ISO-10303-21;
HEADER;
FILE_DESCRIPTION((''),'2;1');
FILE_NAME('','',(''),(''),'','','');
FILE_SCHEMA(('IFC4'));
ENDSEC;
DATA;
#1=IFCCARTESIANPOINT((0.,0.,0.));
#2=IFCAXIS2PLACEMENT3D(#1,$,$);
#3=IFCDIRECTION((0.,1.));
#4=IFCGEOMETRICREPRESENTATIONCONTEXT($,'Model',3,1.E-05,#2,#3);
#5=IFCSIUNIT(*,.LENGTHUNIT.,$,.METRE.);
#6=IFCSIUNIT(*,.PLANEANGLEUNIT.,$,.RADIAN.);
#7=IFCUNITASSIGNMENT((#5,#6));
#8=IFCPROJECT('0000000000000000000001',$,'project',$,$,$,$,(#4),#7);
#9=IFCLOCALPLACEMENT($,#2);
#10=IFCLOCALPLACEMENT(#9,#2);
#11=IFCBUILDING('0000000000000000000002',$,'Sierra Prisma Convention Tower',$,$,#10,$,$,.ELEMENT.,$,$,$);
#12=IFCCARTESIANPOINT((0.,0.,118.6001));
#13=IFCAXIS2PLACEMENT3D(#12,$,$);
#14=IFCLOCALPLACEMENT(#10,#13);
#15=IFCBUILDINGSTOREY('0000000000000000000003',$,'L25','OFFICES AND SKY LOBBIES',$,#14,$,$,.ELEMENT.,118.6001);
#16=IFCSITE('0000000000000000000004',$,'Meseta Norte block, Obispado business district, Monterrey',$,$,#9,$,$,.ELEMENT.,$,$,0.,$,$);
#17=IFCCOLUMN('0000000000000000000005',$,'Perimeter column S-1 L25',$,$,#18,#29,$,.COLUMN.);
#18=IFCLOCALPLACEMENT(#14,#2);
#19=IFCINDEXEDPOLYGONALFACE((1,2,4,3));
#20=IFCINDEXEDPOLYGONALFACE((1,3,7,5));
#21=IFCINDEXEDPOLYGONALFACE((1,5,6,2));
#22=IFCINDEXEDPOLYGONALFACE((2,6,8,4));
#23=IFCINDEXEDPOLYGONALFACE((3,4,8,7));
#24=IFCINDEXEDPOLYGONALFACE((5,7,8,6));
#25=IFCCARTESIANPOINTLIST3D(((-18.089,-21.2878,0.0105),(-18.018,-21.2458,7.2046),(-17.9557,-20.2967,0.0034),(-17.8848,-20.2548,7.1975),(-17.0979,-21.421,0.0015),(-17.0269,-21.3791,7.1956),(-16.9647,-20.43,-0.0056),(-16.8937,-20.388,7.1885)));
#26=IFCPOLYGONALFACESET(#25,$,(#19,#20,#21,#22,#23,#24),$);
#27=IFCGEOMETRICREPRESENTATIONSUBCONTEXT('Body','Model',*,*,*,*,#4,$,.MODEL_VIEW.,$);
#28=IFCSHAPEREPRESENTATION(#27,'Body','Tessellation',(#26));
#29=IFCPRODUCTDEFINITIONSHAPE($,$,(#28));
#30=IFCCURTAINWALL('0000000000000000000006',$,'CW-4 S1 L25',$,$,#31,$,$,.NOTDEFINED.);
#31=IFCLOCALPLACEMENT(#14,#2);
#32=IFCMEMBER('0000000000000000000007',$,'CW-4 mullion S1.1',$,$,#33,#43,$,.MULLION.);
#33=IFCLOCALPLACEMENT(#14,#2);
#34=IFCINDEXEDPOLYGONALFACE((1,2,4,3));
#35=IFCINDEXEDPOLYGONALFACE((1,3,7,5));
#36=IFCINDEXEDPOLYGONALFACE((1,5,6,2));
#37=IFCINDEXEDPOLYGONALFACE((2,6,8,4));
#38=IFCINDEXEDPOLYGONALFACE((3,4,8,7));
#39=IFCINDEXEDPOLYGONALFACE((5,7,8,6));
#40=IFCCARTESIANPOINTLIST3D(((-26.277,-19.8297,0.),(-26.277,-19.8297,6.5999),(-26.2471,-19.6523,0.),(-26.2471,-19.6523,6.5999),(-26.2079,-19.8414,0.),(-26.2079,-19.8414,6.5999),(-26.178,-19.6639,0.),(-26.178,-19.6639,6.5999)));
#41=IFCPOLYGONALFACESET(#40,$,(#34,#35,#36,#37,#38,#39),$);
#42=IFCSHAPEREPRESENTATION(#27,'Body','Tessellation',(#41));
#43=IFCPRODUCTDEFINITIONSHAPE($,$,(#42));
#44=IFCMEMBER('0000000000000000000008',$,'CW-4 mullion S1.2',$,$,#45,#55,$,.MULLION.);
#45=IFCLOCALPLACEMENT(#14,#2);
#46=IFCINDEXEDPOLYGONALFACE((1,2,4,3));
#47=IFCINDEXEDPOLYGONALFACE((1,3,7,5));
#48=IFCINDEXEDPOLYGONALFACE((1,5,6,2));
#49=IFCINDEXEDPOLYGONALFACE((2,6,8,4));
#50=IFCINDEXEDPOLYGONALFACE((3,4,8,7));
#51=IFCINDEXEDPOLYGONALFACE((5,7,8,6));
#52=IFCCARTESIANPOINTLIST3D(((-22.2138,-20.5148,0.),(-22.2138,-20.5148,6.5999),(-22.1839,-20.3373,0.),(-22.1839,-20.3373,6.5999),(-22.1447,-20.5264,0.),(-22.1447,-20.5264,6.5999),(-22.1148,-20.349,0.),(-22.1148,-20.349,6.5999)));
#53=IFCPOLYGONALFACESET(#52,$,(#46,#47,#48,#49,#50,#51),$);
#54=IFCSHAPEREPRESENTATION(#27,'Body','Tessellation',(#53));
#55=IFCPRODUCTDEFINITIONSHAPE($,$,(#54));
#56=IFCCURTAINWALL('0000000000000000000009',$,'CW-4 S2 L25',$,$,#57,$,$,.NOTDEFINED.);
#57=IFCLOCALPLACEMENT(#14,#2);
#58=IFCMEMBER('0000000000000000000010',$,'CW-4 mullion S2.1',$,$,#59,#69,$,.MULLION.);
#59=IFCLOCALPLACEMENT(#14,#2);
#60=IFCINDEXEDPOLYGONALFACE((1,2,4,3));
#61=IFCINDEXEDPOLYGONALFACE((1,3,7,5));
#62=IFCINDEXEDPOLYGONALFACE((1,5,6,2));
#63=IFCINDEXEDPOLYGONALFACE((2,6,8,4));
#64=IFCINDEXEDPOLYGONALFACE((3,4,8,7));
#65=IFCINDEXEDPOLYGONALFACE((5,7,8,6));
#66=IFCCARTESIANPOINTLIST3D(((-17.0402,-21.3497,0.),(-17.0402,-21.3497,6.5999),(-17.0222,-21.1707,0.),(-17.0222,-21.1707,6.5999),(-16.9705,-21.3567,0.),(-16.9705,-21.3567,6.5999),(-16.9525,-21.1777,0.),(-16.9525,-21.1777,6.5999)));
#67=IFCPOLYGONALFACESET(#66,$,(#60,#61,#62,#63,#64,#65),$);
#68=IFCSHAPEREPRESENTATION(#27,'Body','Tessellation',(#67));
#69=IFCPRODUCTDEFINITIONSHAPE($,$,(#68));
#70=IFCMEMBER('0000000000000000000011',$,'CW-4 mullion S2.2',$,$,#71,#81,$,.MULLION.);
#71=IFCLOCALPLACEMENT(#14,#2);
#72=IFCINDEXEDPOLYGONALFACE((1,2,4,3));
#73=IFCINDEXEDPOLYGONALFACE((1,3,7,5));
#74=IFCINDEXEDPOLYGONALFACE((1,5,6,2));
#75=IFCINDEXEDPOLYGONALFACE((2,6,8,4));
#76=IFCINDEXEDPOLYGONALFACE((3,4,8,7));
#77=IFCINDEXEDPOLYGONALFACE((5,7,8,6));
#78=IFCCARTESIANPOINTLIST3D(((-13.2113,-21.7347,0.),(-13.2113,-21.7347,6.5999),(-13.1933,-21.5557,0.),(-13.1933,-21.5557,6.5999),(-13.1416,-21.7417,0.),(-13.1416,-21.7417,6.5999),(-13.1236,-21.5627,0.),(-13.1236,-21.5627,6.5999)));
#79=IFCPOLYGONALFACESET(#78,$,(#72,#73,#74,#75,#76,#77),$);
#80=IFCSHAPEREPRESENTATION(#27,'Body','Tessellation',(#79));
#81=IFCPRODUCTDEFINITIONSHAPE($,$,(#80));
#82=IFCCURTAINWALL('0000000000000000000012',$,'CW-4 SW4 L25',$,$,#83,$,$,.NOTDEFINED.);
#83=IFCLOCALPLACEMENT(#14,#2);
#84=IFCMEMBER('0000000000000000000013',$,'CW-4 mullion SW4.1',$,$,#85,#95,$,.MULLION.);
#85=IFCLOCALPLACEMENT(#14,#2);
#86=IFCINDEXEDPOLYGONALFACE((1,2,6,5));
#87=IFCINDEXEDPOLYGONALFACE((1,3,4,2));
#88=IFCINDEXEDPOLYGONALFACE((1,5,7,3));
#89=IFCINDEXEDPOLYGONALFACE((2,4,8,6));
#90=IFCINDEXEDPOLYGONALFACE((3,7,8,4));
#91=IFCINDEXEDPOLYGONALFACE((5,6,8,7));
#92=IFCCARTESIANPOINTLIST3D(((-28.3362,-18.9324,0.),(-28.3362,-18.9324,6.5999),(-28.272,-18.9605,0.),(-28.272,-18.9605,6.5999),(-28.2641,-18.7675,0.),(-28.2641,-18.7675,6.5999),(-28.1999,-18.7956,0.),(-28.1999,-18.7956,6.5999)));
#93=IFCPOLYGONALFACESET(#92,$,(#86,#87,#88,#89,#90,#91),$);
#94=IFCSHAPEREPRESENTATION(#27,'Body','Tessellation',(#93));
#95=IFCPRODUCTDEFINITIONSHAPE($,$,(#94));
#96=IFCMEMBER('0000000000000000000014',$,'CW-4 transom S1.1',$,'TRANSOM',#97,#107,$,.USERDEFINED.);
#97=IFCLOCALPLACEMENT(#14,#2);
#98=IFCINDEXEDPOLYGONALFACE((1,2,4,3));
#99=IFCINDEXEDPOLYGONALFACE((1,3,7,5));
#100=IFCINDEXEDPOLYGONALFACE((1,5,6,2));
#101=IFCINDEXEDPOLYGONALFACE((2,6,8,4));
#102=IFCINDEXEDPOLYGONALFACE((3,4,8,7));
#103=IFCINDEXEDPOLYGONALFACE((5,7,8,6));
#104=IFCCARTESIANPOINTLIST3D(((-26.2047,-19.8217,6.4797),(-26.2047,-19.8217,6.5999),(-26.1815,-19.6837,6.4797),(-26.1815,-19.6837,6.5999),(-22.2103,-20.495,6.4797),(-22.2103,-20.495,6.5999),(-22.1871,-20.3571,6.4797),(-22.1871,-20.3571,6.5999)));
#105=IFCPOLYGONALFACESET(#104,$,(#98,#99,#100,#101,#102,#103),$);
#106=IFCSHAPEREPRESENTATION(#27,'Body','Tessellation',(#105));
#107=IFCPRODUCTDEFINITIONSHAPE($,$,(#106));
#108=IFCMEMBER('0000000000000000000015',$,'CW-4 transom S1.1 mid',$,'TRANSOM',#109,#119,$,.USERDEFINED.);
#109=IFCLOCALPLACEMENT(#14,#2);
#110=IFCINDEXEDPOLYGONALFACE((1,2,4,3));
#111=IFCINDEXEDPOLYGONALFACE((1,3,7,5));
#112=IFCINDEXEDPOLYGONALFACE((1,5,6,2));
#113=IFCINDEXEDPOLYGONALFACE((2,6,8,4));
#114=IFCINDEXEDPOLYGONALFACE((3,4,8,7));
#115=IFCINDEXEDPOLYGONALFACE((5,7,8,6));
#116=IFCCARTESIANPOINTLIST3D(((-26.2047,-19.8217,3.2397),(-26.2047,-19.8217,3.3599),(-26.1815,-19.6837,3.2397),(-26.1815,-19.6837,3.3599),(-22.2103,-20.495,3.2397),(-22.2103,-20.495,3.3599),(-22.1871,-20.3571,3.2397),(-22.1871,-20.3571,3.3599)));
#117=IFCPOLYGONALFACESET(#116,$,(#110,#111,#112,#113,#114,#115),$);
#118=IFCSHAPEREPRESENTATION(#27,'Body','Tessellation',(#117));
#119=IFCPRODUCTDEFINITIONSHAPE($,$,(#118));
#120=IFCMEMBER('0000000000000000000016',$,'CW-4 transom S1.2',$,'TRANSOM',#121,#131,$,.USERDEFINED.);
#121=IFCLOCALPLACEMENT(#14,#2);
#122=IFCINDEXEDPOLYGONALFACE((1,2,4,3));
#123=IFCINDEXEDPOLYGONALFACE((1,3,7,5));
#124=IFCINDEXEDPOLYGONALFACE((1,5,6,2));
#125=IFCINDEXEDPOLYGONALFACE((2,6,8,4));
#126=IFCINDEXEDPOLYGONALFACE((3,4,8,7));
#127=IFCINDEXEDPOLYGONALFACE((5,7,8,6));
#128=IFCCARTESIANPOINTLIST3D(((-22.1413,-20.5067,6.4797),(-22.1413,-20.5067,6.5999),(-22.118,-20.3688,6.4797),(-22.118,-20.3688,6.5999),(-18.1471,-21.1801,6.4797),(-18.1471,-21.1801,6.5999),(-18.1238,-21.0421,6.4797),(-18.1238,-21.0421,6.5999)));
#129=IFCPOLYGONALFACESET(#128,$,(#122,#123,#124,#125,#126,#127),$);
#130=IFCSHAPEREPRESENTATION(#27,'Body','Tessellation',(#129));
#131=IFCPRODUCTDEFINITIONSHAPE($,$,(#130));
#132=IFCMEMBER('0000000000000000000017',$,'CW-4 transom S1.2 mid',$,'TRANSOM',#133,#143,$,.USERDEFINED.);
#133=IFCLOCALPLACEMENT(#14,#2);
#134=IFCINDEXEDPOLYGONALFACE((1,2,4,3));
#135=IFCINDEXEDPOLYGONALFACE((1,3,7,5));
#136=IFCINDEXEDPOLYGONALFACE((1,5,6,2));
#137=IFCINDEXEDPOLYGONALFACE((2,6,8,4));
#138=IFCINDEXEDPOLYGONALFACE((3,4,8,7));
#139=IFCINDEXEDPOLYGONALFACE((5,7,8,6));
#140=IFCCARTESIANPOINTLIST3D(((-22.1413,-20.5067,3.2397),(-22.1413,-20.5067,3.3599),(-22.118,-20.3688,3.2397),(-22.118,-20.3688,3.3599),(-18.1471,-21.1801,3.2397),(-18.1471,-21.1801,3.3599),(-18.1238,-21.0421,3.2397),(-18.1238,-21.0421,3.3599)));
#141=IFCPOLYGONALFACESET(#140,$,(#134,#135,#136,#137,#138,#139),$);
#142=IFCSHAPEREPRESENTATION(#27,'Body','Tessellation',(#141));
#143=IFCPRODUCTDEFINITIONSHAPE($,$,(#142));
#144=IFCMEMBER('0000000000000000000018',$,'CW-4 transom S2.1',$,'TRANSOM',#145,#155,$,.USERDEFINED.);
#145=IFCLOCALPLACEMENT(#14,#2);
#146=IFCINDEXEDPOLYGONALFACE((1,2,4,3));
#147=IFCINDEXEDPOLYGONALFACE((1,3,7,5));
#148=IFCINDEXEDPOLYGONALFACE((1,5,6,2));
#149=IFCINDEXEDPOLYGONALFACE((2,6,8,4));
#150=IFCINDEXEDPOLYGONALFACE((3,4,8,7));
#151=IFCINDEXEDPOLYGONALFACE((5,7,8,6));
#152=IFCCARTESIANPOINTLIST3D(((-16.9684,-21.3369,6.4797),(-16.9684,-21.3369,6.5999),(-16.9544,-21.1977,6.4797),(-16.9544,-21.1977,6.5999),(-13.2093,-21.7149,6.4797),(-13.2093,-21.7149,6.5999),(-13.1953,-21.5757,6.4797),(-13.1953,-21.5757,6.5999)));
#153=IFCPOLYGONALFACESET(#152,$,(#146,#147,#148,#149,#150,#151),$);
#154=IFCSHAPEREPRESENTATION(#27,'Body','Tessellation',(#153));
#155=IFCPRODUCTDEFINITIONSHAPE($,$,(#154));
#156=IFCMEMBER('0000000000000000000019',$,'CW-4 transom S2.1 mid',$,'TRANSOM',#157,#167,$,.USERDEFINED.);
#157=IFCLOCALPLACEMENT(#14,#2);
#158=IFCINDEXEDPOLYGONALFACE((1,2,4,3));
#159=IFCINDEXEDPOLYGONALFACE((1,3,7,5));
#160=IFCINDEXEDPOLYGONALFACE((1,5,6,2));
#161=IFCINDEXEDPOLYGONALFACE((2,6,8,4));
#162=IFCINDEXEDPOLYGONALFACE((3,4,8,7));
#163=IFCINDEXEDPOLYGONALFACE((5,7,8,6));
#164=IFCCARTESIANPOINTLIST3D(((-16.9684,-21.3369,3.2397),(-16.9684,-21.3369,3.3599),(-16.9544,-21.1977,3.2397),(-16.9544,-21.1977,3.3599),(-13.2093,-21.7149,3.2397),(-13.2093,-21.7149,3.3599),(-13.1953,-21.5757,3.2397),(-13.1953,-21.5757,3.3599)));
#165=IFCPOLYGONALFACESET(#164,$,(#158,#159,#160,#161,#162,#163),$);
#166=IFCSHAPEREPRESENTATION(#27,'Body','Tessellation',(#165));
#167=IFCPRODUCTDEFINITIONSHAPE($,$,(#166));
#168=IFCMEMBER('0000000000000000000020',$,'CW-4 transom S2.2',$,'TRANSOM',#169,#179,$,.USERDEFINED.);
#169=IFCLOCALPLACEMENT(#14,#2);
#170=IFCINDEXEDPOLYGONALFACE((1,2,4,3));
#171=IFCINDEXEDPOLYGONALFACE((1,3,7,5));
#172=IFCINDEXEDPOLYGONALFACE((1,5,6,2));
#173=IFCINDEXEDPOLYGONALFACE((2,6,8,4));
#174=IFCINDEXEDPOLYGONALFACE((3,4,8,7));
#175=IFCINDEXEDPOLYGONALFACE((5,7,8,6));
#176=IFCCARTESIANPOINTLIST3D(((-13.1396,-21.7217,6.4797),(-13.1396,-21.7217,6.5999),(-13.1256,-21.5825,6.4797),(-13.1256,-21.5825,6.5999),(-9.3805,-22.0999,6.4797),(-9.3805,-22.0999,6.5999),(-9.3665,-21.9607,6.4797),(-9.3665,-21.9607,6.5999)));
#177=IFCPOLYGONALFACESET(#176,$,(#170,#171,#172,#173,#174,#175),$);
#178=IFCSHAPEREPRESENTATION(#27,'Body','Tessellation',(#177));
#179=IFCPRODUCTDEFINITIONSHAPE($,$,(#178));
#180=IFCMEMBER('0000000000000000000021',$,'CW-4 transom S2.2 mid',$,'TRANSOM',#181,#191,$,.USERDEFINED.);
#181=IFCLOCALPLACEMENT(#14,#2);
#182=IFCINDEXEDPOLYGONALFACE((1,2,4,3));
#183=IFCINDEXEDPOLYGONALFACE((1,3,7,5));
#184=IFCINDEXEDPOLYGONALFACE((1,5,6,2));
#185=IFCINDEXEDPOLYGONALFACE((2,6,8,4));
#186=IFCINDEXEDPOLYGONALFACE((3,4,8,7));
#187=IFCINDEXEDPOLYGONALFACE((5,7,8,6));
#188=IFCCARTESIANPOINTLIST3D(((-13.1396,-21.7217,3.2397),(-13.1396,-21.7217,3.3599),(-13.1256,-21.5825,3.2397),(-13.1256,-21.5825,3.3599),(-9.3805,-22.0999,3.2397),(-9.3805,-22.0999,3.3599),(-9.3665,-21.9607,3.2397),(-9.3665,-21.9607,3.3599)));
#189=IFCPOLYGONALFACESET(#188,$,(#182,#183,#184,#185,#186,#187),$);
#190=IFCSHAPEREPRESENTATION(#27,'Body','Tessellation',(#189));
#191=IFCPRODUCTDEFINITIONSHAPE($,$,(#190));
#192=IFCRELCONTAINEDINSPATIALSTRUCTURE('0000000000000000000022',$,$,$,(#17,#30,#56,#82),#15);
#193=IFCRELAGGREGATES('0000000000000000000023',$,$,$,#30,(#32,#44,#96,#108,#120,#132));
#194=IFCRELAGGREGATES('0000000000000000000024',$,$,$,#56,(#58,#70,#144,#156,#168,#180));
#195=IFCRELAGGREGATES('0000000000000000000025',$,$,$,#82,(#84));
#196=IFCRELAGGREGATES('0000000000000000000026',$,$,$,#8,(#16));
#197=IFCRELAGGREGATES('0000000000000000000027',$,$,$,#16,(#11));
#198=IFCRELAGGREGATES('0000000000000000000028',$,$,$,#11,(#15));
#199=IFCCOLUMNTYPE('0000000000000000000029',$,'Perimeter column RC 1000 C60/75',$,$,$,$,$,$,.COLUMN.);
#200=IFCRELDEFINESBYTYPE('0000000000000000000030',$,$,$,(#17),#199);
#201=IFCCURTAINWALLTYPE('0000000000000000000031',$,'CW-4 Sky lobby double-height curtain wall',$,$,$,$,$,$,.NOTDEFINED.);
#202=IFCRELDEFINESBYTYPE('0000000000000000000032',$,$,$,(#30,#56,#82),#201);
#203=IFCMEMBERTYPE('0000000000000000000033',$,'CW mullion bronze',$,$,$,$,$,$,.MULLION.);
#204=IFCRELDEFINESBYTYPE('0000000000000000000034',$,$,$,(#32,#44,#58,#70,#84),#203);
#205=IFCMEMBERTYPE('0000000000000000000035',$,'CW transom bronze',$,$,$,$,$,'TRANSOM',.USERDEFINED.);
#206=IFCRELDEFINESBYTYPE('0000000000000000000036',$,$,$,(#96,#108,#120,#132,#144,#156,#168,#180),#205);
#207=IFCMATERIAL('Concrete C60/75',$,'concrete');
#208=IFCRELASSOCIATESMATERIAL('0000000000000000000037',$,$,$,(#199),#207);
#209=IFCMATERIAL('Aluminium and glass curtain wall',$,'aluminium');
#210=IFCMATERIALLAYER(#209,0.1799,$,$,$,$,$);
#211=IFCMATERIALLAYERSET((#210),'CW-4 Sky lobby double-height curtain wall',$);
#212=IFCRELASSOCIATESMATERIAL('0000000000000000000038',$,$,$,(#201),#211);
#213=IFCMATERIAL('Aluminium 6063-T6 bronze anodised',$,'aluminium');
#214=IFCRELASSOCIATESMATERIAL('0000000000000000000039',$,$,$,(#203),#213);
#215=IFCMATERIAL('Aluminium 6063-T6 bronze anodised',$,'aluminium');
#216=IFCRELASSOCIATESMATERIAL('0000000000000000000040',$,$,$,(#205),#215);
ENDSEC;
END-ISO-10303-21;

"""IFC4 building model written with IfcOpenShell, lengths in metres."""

from ifc_helpers import new_model, si_unit, direction, frame, origin, origin_2d, place, context, subcontext, project, spatial, rectangle, extrude, clip, halfspace, material, layer, layer_set, material_profile, profile_set, type_object, element, aggregate, save


model = new_model("IFC4")

# Units and contexts
model_context = context("Model", 3, precision=1e-05, world=origin(), true_north=direction((0.0, 1.0)))
body_context = subcontext(model_context, "Body", "Model", "MODEL_VIEW")
ifc_project = project(units=[si_unit("LENGTHUNIT", "METRE"), si_unit("PLANEANGLEUNIT", "RADIAN")], contexts=[model_context])

# Site, building, storey
site_placement = place(None, origin())
site = spatial("IfcSite", under=ifc_project, at=site_placement, Name="Meseta Norte block, Obispado business district, Monterrey", CompositionType="ELEMENT", RefElevation=0.0)
building_placement = place(site_placement, origin())
building = spatial("IfcBuilding", under=site, at=building_placement, Name="Sierra Prisma Convention Tower", CompositionType="ELEMENT")
storey_placement = place(building_placement, frame((0.0, 0.0, 118.6001)))
storey = spatial("IfcBuildingStorey", under=building, at=storey_placement, Name="L25", Description="OFFICES AND SKY LOBBIES", CompositionType="ELEMENT", Elevation=118.6001)

# Column
ifc_material_1 = material(Name="Concrete C60/75", Category="concrete")
ifc_material_profile_1 = material_profile(ifc_material_1, rectangle(XDim=1.0, YDim=1.0, at=origin_2d()), Name="Perimeter column RC 1000 C60/75")
ifc_profile_set_1 = profile_set([ifc_material_profile_1], Name="Concrete C60/75")
column_type = type_object("IfcColumnType", Name="Perimeter column RC 1000 C60/75", PredefinedType="COLUMN", material=ifc_profile_set_1)
column_placement = place(storey_placement, frame((-17.5269, -20.8589, 0.0), z_axis=(0.009867, 0.005832, 0.999934), x_axis=(-0.99104, 0.133264, 0.009002)))
element("IfcColumn", 1, at=column_placement, inside=storey, type_object=column_type, Name="Perimeter column S-1 L25", PredefinedType="COLUMN", context=body_context, shape_type="SweptSolid", body=[
    clip(clip(extrude(rectangle(XDim=1.0, YDim=1.0, at=origin_2d()), origin(), (0.0, 0.0, 1.0), 7.2004), halfspace(frame((0.0, 0.0, 0.0024)), True)), halfspace(frame((0.0, 0.0, 7.197)), False)),
])

# Curtain walls, members
ifc_material_2 = material(Name="Aluminium and glass curtain wall", Category="aluminium")
ifc_layer_1 = layer(ifc_material_2, 0.1799)
ifc_layer_set_1 = layer_set([ifc_layer_1], Name="CW-4 Sky lobby double-height curtain wall")
curtain_wall_type = type_object("IfcCurtainWallType", Name="CW-4 Sky lobby double-height curtain wall", PredefinedType="NOTDEFINED", material=ifc_layer_set_1)
curtain_wall_1_placement = place(storey_placement, origin())
curtain_wall_1 = element("IfcCurtainWall", 2, at=curtain_wall_1_placement, inside=storey, type_object=curtain_wall_type, Name="CW-4 S1 L25", PredefinedType="NOTDEFINED")
ifc_material_3 = material(Name="Aluminium 6063-T6 bronze anodised", Category="aluminium")
ifc_material_profile_2 = material_profile(ifc_material_3, rectangle(XDim=0.1799, YDim=0.0701, at=origin_2d()), Name="ALU MULLION 70x180")
ifc_profile_set_2 = profile_set([ifc_material_profile_2], Name="Aluminium 6063-T6 bronze anodised")
member_type_1 = type_object("IfcMemberType", Name="CW mullion bronze", PredefinedType="MULLION", material=ifc_profile_set_2)
member_1_placement = place(storey_placement, frame((-26.2275, -19.7468, 0.0), z_axis=(0.0, 0.0, 1.0), x_axis=(0.166232, 0.986087, 0.0)))
member_1 = element("IfcMember", 3, at=member_1_placement, type_object=member_type_1, Name="CW-4 mullion S1.1", PredefinedType="MULLION", context=body_context, shape_type="SweptSolid", body=[
    extrude(rectangle(XDim=0.1799, YDim=0.0701, at=origin_2d()), origin(), (0.0, 0.0, 1.0), 6.5999),
])
member_2_placement = place(storey_placement, frame((-22.1643, -20.4319, 0.0), z_axis=(0.0, 0.0, 1.0), x_axis=(0.166232, 0.986087, 0.0)))
member_2 = element("IfcMember", 4, at=member_2_placement, type_object=member_type_1, Name="CW-4 mullion S1.2", PredefinedType="MULLION", context=body_context, shape_type="SweptSolid", body=[
    extrude(rectangle(XDim=0.1799, YDim=0.0701, at=origin_2d()), origin(), (0.0, 0.0, 1.0), 6.5999),
])
curtain_wall_2_placement = place(storey_placement, origin())
curtain_wall_2 = element("IfcCurtainWall", 5, at=curtain_wall_2_placement, inside=storey, type_object=curtain_wall_type, Name="CW-4 S2 L25", PredefinedType="NOTDEFINED")
member_3_placement = place(storey_placement, frame((-16.9963, -21.2637, 0.0), z_axis=(0.0, 0.0, 1.0), x_axis=(0.100037, 0.994984, 0.0)))
member_3 = element("IfcMember", 6, at=member_3_placement, type_object=member_type_1, Name="CW-4 mullion S2.1", PredefinedType="MULLION", context=body_context, shape_type="SweptSolid", body=[
    extrude(rectangle(XDim=0.1799, YDim=0.0701, at=origin_2d()), origin(), (0.0, 0.0, 1.0), 6.5999),
])
member_4_placement = place(storey_placement, frame((-13.1675, -21.6487, 0.0), z_axis=(0.0, 0.0, 1.0), x_axis=(0.100037, 0.994984, 0.0)))
member_4 = element("IfcMember", 7, at=member_4_placement, type_object=member_type_1, Name="CW-4 mullion S2.2", PredefinedType="MULLION", context=body_context, shape_type="SweptSolid", body=[
    extrude(rectangle(XDim=0.1799, YDim=0.0701, at=origin_2d()), origin(), (0.0, 0.0, 1.0), 6.5999),
])

# Curtain wall, member
curtain_wall_3_placement = place(storey_placement, origin())
curtain_wall_3 = element("IfcCurtainWall", 8, at=curtain_wall_3_placement, inside=storey, type_object=curtain_wall_type, Name="CW-4 SW4 L25", PredefinedType="NOTDEFINED")
member_5_placement = place(storey_placement, frame((-28.2681, -18.864, 0.0), z_axis=(0.0, 0.0, 1.0), x_axis=(0.40054, 0.916279, 0.0)))
member_5 = element("IfcMember", 9, at=member_5_placement, type_object=member_type_1, Name="CW-4 mullion SW4.1", PredefinedType="MULLION", context=body_context, shape_type="SweptSolid", body=[
    extrude(rectangle(XDim=0.1799, YDim=0.0701, at=origin_2d()), origin(), (0.0, 0.0, 1.0), 6.5999),
])

# Members
ifc_material_4 = material(Name="Aluminium 6063-T6 bronze anodised", Category="aluminium")
ifc_material_profile_3 = material_profile(ifc_material_4, rectangle(XDim=0.1399, YDim=0.1201, at=origin_2d()), Name="ALU TRANSOM 120x140")
ifc_profile_set_3 = profile_set([ifc_material_profile_3], Name="Aluminium 6063-T6 bronze anodised")
member_type_2 = type_object("IfcMemberType", Name="CW transom bronze", ElementType="TRANSOM", PredefinedType="USERDEFINED", material=ifc_profile_set_3)
member_6_placement = place(storey_placement, frame((-26.1931, -19.7527, 6.5398), z_axis=(0.986088, -0.166226, 0.0), x_axis=(0.166226, 0.986088, 0.0)))
member_6 = element("IfcMember", 10, at=member_6_placement, type_object=member_type_2, Name="CW-4 transom S1.1", ObjectType="TRANSOM", PredefinedType="USERDEFINED", context=body_context, shape_type="SweptSolid", body=[
    extrude(rectangle(XDim=0.1399, YDim=0.1201, at=origin_2d()), origin(), (0.0, 0.0, 1.0), 4.0508),
])
member_7_placement = place(storey_placement, frame((-26.1931, -19.7527, 3.2998), z_axis=(0.986088, -0.166226, 0.0), x_axis=(0.166226, 0.986088, 0.0)))
member_7 = element("IfcMember", 11, at=member_7_placement, type_object=member_type_2, Name="CW-4 transom S1.1 mid", ObjectType="TRANSOM", PredefinedType="USERDEFINED", context=body_context, shape_type="SweptSolid", body=[
    extrude(rectangle(XDim=0.1399, YDim=0.1201, at=origin_2d()), origin(), (0.0, 0.0, 1.0), 4.0508),
])
member_8_placement = place(storey_placement, frame((-22.1296, -20.4377, 6.5398), z_axis=(0.986086, -0.166236, 0.0), x_axis=(0.166236, 0.986086, 0.0)))
member_8 = element("IfcMember", 12, at=member_8_placement, type_object=member_type_2, Name="CW-4 transom S1.2", ObjectType="TRANSOM", PredefinedType="USERDEFINED", context=body_context, shape_type="SweptSolid", body=[
    extrude(rectangle(XDim=0.1399, YDim=0.1201, at=origin_2d()), origin(), (0.0, 0.0, 1.0), 4.0505),
])
member_9_placement = place(storey_placement, frame((-22.1296, -20.4377, 3.2998), z_axis=(0.986086, -0.166236, 0.0), x_axis=(0.166236, 0.986086, 0.0)))
member_9 = element("IfcMember", 13, at=member_9_placement, type_object=member_type_2, Name="CW-4 transom S1.2 mid", ObjectType="TRANSOM", PredefinedType="USERDEFINED", context=body_context, shape_type="SweptSolid", body=[
    extrude(rectangle(XDim=0.1399, YDim=0.1201, at=origin_2d()), origin(), (0.0, 0.0, 1.0), 4.0505),
])
member_10_placement = place(storey_placement, frame((-16.9614, -21.2673, 6.5398), z_axis=(0.994984, -0.100035, 0.0), x_axis=(0.100035, 0.994984, 0.0)))
member_10 = element("IfcMember", 14, at=member_10_placement, type_object=member_type_2, Name="CW-4 transom S2.1", ObjectType="TRANSOM", PredefinedType="USERDEFINED", context=body_context, shape_type="SweptSolid", body=[
    extrude(rectangle(XDim=0.1399, YDim=0.1201, at=origin_2d()), origin(), (0.0, 0.0, 1.0), 3.7781),
])
member_11_placement = place(storey_placement, frame((-16.9614, -21.2673, 3.2998), z_axis=(0.994984, -0.100035, 0.0), x_axis=(0.100035, 0.994984, 0.0)))
member_11 = element("IfcMember", 15, at=member_11_placement, type_object=member_type_2, Name="CW-4 transom S2.1 mid", ObjectType="TRANSOM", PredefinedType="USERDEFINED", context=body_context, shape_type="SweptSolid", body=[
    extrude(rectangle(XDim=0.1399, YDim=0.1201, at=origin_2d()), origin(), (0.0, 0.0, 1.0), 3.7781),
])
member_12_placement = place(storey_placement, frame((-13.1326, -21.6521, 6.5398), z_axis=(0.994978, -0.100099, 0.0), x_axis=(0.100099, 0.994978, 0.0)))
member_12 = element("IfcMember", 16, at=member_12_placement, type_object=member_type_2, Name="CW-4 transom S2.2", ObjectType="TRANSOM", PredefinedType="USERDEFINED", context=body_context, shape_type="SweptSolid", body=[
    extrude(rectangle(XDim=0.1399, YDim=0.1201, at=origin_2d()), origin(), (0.0, 0.0, 1.0), 3.7781),
])
member_13_placement = place(storey_placement, frame((-13.1326, -21.6521, 3.2998), z_axis=(0.994978, -0.100099, 0.0), x_axis=(0.100099, 0.994978, 0.0)))
member_13 = element("IfcMember", 17, at=member_13_placement, type_object=member_type_2, Name="CW-4 transom S2.2 mid", ObjectType="TRANSOM", PredefinedType="USERDEFINED", context=body_context, shape_type="SweptSolid", body=[
    extrude(rectangle(XDim=0.1399, YDim=0.1201, at=origin_2d()), origin(), (0.0, 0.0, 1.0), 3.7781),
])

aggregate(curtain_wall_1, [member_1, member_2, member_6, member_7, member_8, member_9])
aggregate(curtain_wall_2, [member_3, member_4, member_10, member_11, member_12, member_13])
aggregate(curtain_wall_3, [member_5])

save(model, "model.ifc")
